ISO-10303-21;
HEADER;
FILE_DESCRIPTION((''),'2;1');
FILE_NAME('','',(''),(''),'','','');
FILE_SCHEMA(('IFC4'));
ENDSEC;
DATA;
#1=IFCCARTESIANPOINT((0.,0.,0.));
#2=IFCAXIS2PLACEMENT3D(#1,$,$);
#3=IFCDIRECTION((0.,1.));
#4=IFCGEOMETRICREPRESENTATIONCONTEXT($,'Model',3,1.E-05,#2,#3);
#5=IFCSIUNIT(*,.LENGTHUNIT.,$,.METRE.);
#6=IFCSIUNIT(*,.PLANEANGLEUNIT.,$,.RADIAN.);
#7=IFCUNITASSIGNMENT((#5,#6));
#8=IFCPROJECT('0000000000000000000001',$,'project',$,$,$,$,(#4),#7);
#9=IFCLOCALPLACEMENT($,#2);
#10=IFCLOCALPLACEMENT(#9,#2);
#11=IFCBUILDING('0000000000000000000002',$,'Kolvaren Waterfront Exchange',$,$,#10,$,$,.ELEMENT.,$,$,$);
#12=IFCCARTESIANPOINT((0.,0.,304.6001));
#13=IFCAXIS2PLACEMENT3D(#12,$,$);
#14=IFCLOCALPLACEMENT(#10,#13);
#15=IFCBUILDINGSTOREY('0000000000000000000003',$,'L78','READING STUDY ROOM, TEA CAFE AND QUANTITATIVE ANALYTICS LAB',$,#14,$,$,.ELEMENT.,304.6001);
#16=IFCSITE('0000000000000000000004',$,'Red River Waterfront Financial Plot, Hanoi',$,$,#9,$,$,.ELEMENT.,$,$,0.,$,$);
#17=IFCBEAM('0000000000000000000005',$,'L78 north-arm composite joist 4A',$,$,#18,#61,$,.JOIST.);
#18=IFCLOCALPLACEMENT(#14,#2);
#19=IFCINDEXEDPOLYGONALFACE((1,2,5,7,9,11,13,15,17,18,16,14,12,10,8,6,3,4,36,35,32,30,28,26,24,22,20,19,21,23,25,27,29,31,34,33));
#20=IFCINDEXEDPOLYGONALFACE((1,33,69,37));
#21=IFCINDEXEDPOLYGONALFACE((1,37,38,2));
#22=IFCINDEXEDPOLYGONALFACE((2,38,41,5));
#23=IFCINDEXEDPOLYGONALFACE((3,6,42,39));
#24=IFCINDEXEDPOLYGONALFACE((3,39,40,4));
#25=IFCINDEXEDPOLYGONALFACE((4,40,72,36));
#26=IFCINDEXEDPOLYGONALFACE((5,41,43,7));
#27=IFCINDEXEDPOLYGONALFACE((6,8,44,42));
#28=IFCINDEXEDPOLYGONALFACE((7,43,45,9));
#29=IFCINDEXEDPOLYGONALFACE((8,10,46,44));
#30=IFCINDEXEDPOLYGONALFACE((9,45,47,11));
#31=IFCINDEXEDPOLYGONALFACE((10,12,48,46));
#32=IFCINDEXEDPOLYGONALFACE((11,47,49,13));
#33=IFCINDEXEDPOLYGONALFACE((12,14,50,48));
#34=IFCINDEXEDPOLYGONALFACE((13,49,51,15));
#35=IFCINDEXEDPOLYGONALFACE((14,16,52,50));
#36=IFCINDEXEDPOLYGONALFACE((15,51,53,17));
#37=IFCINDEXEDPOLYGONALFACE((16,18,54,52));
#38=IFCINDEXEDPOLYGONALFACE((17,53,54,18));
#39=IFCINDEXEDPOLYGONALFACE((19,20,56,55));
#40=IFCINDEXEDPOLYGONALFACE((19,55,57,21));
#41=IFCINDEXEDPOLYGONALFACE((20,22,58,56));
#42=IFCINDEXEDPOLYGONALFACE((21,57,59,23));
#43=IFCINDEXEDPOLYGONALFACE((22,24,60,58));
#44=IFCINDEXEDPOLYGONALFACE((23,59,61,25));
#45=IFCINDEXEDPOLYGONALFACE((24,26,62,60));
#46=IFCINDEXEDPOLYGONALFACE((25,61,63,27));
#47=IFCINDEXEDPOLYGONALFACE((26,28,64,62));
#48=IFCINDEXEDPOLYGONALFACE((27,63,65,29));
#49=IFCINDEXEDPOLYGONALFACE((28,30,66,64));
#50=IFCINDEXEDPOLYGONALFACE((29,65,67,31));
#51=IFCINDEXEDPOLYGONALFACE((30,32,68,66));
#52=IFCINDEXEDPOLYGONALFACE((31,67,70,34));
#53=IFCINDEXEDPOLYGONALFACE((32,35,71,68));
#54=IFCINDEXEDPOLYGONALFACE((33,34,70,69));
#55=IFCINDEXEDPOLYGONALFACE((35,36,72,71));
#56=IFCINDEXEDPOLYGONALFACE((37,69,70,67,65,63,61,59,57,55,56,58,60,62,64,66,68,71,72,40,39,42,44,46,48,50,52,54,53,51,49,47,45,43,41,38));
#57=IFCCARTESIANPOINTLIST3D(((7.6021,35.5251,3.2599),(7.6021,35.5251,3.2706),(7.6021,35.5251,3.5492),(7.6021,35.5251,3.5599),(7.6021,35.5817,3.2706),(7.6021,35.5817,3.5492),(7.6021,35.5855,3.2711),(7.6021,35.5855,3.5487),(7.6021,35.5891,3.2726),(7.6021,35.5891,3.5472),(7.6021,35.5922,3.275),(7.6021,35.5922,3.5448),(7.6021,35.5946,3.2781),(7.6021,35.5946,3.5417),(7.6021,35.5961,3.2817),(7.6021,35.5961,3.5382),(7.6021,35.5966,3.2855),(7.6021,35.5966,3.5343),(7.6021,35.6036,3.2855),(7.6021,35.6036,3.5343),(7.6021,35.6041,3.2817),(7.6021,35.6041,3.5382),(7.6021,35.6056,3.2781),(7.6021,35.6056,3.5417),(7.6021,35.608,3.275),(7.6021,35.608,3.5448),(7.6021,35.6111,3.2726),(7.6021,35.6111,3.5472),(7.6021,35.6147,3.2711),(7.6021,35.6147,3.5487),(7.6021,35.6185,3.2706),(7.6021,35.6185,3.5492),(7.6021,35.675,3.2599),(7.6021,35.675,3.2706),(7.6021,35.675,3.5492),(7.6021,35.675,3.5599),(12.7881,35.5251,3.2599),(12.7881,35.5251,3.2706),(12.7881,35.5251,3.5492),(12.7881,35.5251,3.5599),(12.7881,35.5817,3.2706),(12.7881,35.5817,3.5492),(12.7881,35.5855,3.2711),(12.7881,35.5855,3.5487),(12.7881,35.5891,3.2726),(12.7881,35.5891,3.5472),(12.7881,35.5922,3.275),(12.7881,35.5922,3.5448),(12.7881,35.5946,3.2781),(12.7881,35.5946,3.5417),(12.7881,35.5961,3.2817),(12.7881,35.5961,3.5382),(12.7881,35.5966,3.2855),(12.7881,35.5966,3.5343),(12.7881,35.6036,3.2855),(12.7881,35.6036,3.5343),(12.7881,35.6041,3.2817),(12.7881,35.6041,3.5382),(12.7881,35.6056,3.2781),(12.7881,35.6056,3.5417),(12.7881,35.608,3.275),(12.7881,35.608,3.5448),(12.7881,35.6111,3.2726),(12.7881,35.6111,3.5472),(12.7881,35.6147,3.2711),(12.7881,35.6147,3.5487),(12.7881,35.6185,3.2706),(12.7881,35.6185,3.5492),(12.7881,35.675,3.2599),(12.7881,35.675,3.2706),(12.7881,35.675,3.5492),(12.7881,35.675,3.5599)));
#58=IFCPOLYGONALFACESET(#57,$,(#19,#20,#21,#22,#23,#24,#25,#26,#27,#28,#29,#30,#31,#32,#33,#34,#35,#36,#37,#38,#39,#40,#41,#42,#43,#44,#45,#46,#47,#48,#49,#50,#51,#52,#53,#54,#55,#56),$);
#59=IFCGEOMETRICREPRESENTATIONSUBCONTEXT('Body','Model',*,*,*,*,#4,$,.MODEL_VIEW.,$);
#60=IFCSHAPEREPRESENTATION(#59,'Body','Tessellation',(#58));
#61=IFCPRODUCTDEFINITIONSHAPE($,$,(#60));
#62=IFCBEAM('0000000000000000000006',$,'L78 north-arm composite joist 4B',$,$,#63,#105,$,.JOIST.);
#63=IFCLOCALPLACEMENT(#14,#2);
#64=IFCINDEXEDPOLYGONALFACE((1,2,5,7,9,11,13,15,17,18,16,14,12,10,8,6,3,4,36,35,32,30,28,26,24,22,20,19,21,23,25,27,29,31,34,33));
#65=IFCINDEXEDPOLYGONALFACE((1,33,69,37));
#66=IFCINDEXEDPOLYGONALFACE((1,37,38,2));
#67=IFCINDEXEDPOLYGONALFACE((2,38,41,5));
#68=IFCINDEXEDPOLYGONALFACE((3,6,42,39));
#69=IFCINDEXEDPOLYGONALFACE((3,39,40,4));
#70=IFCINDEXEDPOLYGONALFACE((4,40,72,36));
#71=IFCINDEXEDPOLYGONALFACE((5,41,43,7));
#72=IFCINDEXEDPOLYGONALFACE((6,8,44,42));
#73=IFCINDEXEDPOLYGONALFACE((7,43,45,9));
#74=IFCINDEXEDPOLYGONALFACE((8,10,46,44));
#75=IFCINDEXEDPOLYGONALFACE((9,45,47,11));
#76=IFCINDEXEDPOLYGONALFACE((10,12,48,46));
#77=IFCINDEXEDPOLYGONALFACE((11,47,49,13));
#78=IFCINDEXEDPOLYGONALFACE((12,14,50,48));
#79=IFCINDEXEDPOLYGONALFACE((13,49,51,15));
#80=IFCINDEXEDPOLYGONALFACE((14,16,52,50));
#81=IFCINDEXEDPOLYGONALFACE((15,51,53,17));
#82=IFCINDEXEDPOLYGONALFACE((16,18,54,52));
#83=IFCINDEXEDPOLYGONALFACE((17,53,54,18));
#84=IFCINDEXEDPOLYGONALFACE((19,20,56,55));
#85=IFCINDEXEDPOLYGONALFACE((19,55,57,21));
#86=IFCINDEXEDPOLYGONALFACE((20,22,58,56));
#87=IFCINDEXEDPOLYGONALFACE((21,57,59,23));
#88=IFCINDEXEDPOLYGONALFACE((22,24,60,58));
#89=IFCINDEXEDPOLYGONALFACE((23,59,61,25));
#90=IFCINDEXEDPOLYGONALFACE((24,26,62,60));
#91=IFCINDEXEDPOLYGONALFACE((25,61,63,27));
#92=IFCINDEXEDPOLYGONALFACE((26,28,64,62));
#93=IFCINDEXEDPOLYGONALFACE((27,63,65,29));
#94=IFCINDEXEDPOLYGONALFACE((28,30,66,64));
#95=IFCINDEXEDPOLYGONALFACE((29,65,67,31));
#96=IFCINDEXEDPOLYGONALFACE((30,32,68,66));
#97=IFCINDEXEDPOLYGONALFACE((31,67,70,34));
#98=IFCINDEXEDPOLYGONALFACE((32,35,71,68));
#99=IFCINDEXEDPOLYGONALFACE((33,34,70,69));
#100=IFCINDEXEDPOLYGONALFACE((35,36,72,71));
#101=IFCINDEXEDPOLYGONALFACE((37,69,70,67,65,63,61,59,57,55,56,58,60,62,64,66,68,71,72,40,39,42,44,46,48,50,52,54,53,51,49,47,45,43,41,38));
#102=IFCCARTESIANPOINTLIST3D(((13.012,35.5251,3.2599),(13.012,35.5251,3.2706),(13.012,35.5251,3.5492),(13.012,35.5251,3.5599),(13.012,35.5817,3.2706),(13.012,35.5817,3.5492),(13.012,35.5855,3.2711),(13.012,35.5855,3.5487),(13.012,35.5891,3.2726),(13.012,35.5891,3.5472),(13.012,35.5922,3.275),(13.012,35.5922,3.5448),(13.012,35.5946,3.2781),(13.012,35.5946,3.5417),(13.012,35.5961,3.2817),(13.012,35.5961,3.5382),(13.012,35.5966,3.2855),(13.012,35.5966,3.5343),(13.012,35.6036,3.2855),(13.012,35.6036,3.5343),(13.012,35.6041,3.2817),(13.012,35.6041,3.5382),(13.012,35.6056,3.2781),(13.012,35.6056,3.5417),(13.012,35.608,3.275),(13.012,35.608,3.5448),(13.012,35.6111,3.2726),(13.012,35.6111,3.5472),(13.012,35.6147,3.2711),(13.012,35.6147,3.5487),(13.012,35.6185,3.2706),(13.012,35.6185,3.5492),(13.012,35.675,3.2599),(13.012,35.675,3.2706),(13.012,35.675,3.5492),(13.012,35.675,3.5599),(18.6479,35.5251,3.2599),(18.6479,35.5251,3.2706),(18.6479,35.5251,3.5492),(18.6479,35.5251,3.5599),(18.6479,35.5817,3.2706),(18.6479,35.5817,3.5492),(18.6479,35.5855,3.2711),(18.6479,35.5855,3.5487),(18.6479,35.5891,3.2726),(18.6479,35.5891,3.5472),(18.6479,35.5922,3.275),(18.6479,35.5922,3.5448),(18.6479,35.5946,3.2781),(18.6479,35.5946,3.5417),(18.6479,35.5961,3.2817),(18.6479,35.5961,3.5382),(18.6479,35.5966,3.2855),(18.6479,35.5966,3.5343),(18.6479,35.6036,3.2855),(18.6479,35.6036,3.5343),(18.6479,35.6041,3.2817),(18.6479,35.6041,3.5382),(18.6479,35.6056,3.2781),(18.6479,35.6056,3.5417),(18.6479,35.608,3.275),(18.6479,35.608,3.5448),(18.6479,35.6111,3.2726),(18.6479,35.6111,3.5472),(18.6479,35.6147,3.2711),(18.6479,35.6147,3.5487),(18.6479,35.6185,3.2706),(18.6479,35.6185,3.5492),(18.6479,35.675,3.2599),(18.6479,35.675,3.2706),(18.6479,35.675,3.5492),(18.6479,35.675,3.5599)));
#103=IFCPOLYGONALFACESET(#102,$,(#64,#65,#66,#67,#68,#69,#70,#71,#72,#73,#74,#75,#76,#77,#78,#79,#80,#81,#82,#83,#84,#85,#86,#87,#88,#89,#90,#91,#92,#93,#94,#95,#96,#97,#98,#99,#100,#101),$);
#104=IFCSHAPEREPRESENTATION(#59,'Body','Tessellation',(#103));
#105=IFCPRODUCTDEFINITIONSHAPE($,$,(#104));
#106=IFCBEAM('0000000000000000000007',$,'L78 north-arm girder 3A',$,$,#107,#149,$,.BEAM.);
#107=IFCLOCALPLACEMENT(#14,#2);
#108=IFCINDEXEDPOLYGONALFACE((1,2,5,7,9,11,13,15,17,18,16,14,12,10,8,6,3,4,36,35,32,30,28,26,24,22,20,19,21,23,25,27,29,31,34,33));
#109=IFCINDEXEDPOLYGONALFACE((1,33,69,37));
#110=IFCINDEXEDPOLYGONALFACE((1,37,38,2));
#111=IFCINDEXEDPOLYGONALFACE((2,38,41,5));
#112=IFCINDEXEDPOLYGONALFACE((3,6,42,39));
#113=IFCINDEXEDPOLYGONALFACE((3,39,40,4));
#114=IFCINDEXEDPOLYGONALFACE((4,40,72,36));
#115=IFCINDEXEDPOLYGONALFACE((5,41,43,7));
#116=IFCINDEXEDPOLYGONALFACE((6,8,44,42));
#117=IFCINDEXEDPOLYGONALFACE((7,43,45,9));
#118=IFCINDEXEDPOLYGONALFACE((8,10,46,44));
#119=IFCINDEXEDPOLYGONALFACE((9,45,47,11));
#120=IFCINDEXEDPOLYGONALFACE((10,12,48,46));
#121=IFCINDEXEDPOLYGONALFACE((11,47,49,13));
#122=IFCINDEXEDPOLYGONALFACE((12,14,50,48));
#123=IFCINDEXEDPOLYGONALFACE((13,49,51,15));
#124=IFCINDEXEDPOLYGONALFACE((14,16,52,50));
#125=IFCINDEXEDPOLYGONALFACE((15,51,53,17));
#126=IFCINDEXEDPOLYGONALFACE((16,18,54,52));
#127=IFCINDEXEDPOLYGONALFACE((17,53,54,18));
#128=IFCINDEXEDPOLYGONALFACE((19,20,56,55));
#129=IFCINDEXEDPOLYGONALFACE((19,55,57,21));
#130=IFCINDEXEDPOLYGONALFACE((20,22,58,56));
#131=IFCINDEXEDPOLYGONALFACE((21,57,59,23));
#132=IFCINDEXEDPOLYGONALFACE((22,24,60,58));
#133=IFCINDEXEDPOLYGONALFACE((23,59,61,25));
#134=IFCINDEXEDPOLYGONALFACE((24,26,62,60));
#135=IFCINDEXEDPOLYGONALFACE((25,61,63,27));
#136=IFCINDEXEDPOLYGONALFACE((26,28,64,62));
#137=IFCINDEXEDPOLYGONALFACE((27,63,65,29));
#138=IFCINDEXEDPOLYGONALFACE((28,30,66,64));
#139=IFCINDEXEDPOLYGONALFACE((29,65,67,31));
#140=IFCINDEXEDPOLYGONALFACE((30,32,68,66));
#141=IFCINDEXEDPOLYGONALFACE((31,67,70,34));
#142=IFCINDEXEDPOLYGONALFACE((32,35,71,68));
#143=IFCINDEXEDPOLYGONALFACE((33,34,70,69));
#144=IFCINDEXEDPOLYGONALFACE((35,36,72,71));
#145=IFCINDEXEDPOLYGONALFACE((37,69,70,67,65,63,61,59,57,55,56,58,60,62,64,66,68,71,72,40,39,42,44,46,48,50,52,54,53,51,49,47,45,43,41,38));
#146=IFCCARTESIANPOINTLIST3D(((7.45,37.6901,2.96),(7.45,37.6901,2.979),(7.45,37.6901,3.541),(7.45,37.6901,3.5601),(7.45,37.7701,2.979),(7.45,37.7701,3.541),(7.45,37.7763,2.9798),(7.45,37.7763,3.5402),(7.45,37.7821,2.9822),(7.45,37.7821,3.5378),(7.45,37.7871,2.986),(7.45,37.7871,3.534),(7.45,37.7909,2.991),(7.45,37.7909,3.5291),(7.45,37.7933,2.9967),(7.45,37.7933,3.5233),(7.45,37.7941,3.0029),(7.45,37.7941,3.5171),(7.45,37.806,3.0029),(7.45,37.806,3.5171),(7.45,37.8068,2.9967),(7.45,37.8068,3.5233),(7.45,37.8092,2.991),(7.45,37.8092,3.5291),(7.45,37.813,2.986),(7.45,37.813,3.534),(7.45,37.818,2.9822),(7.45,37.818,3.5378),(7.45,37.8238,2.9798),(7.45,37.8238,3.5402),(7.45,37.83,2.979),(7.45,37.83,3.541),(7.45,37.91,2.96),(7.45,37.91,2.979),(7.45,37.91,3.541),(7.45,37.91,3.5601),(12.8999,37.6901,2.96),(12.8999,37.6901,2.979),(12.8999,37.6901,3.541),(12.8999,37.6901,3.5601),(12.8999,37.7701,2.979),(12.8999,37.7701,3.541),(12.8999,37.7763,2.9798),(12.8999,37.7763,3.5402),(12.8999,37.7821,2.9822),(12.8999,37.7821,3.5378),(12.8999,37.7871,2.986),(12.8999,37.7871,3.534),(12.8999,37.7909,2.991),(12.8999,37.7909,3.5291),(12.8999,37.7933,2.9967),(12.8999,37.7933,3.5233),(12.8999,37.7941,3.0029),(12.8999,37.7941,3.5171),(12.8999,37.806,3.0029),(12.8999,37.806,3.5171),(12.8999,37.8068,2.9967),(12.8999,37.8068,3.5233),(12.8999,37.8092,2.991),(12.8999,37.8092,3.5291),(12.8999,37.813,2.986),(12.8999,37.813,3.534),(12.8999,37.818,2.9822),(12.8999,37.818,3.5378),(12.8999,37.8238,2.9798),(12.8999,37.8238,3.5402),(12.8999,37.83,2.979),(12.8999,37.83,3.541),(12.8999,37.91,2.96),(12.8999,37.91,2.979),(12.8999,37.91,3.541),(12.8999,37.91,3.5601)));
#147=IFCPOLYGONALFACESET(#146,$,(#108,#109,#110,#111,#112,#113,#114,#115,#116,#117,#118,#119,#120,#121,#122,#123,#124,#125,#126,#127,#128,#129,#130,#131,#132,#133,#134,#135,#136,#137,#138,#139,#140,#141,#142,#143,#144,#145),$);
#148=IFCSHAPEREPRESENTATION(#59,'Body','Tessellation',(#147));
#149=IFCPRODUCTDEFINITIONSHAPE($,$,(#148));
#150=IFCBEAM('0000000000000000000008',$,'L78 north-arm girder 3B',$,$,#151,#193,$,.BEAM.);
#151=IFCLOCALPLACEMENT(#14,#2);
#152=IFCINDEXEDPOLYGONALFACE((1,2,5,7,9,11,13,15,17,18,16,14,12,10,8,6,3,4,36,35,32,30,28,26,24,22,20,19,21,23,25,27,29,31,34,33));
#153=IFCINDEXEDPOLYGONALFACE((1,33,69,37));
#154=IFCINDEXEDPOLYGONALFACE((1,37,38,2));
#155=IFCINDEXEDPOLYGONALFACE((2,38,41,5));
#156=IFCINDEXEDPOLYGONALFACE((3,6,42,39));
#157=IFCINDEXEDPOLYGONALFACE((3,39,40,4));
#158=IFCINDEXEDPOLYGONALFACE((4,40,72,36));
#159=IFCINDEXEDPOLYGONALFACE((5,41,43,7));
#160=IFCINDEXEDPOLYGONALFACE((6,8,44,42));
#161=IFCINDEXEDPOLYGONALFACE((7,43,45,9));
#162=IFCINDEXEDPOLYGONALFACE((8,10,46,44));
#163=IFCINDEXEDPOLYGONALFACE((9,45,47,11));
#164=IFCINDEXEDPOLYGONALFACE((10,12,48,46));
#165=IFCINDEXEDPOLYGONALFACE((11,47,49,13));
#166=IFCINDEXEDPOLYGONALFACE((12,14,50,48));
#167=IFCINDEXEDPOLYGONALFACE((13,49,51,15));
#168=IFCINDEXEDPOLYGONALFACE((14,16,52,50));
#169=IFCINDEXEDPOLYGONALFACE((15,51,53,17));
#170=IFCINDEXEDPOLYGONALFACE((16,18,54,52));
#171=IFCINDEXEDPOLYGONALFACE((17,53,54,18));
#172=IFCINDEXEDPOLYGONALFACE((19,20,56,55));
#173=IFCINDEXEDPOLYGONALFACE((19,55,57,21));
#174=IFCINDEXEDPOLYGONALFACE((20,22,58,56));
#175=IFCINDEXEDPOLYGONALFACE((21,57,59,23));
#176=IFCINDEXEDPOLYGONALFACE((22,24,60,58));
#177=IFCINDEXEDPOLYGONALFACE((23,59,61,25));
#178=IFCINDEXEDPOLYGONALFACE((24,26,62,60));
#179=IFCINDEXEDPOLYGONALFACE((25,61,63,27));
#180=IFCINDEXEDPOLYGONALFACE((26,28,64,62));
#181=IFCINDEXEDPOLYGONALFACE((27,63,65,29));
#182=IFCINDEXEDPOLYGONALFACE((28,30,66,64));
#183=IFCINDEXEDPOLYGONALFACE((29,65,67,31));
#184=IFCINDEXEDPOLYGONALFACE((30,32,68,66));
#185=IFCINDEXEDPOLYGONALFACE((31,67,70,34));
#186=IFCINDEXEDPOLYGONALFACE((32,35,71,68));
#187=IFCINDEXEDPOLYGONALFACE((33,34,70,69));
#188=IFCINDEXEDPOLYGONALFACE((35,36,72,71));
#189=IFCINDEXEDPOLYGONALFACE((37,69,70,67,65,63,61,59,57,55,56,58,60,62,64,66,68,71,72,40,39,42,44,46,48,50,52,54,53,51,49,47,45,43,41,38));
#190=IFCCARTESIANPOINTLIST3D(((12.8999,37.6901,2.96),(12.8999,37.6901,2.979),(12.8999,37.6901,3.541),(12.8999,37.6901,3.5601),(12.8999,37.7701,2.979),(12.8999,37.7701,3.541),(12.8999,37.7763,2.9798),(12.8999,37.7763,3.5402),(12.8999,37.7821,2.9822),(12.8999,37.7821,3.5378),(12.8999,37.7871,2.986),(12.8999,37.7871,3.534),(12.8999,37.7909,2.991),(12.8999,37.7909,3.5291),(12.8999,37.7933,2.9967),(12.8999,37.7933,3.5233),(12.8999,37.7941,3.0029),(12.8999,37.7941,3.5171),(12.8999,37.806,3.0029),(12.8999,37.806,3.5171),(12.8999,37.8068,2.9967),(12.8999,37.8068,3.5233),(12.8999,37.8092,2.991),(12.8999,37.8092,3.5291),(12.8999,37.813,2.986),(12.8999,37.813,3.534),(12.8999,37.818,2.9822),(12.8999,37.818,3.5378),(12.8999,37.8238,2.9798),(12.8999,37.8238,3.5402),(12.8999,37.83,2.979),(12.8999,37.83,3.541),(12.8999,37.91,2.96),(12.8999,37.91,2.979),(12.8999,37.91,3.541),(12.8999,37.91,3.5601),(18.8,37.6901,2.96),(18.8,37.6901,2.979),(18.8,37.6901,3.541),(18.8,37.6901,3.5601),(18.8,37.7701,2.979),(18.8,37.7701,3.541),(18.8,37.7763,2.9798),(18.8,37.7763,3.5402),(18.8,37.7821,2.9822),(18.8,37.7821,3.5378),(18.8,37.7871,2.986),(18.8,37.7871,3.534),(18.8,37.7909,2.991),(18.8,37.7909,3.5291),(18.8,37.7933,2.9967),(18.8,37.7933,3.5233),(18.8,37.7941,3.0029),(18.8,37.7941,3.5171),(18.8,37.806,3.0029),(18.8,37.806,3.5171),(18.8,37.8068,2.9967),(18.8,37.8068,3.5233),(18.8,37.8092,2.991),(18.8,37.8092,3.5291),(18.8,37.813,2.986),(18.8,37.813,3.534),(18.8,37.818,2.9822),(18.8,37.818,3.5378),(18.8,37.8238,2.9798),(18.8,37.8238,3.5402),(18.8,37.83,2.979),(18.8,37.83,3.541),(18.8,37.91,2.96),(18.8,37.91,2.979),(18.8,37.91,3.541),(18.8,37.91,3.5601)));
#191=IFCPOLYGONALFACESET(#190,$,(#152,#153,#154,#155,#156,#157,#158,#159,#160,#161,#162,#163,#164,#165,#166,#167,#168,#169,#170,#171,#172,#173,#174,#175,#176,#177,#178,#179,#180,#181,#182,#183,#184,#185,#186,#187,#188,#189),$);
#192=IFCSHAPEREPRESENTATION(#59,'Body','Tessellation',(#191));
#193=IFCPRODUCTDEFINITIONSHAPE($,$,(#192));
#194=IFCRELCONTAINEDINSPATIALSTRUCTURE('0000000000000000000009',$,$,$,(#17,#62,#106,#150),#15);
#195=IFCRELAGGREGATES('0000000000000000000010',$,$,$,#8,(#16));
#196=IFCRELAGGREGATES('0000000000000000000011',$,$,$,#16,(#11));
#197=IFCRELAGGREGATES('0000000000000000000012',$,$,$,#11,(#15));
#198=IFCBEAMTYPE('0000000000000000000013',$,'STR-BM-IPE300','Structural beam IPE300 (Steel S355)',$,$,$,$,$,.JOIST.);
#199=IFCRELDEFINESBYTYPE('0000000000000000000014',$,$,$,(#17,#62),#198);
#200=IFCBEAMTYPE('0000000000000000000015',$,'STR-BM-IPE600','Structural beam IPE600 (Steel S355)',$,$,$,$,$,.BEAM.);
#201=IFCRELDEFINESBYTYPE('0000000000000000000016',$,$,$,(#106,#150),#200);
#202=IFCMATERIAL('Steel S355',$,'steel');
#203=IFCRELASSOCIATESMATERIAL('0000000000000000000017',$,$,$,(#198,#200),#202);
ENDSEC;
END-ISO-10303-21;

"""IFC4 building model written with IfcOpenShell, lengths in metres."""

from ifc_helpers import new_model, si_unit, direction, frame, origin, origin_2d, place, context, subcontext, project, spatial, i_section, extrude, material, material_profile, profile_set, type_object, element, save


model = new_model("IFC4")

# Units and contexts
model_context = context("Model", 3, precision=1e-05, world=origin(), true_north=direction((0.0, 1.0)))
body_context = subcontext(model_context, "Body", "Model", "MODEL_VIEW")
ifc_project = project(units=[si_unit("LENGTHUNIT", "METRE"), si_unit("PLANEANGLEUNIT", "RADIAN")], contexts=[model_context])

# Site, building, storey
site_placement = place(None, origin())
site = spatial("IfcSite", under=ifc_project, at=site_placement, Name="Red River Waterfront Financial Plot, Hanoi", CompositionType="ELEMENT", RefElevation=0.0)
building_placement = place(site_placement, origin())
building = spatial("IfcBuilding", under=site, at=building_placement, Name="Kolvaren Waterfront Exchange", CompositionType="ELEMENT")
storey_placement = place(building_placement, frame((0.0, 0.0, 304.6001)))
storey = spatial("IfcBuildingStorey", under=building, at=storey_placement, Name="L78", Description="READING STUDY ROOM, TEA CAFE AND QUANTITATIVE ANALYTICS LAB", CompositionType="ELEMENT", Elevation=304.6001)

# Beams
ifc_material_1 = material(Name="Steel S355", Category="steel")
ifc_material_profile_1 = material_profile(ifc_material_1, i_section(OverallWidth=0.1499, OverallDepth=0.3, WebThickness=0.0071, FlangeThickness=0.0107, FilletRadius=0.0149, at=origin_2d()), Name="IPE300")
ifc_profile_set_1 = profile_set([ifc_material_profile_1], Name="Steel S355")
beam_type_1 = type_object("IfcBeamType", Name="STR-BM-IPE300", Description="Structural beam IPE300 (Steel S355)", PredefinedType="JOIST", material=ifc_profile_set_1)
beam_1_placement = place(storey_placement, frame((7.6021, 35.6001, 3.4099), z_axis=(1.0, 0.0, 0.0), x_axis=(0.0, 1.0, 0.0)))
element("IfcBeam", 1, at=beam_1_placement, inside=storey, type_object=beam_type_1, Name="L78 north-arm composite joist 4A", PredefinedType="JOIST", context=body_context, shape_type="SweptSolid", body=[
    extrude(i_section(OverallWidth=0.1499, OverallDepth=0.3, WebThickness=0.0071, FlangeThickness=0.0107, FilletRadius=0.0149, at=origin_2d()), origin(), (0.0, 0.0, 1.0), 5.186),
])
beam_2_placement = place(storey_placement, frame((13.012, 35.6001, 3.4099), z_axis=(1.0, 0.0, 0.0), x_axis=(0.0, 1.0, 0.0)))
element("IfcBeam", 2, at=beam_2_placement, inside=storey, type_object=beam_type_1, Name="L78 north-arm composite joist 4B", PredefinedType="JOIST", context=body_context, shape_type="SweptSolid", body=[
    extrude(i_section(OverallWidth=0.1499, OverallDepth=0.3, WebThickness=0.0071, FlangeThickness=0.0107, FilletRadius=0.0149, at=origin_2d()), origin(), (0.0, 0.0, 1.0), 5.636),
])
ifc_material_profile_2 = material_profile(ifc_material_1, i_section(OverallWidth=0.22, OverallDepth=0.6001, WebThickness=0.012, FlangeThickness=0.019, FilletRadius=0.0239, at=origin_2d()), Name="IPE600")
ifc_profile_set_2 = profile_set([ifc_material_profile_2], Name="Steel S355")
beam_type_2 = type_object("IfcBeamType", Name="STR-BM-IPE600", Description="Structural beam IPE600 (Steel S355)", PredefinedType="BEAM", material=ifc_profile_set_2)
beam_3_placement = place(storey_placement, frame((7.45, 37.8, 3.26), z_axis=(1.0, 0.0, 0.0), x_axis=(0.0, 1.0, 0.0)))
element("IfcBeam", 3, at=beam_3_placement, inside=storey, type_object=beam_type_2, Name="L78 north-arm girder 3A", PredefinedType="BEAM", context=body_context, shape_type="SweptSolid", body=[
    extrude(i_section(OverallWidth=0.22, OverallDepth=0.6001, WebThickness=0.012, FlangeThickness=0.019, FilletRadius=0.0239, at=origin_2d()), origin(), (0.0, 0.0, 1.0), 5.45),
])
beam_4_placement = place(storey_placement, frame((12.8999, 37.8, 3.26), z_axis=(1.0, 0.0, 0.0), x_axis=(0.0, 1.0, 0.0)))
element("IfcBeam", 4, at=beam_4_placement, inside=storey, type_object=beam_type_2, Name="L78 north-arm girder 3B", PredefinedType="BEAM", context=body_context, shape_type="SweptSolid", body=[
    extrude(i_section(OverallWidth=0.22, OverallDepth=0.6001, WebThickness=0.012, FlangeThickness=0.019, FilletRadius=0.0239, at=origin_2d()), origin(), (0.0, 0.0, 1.0), 5.9001),
])

save(model, "model.ifc")
